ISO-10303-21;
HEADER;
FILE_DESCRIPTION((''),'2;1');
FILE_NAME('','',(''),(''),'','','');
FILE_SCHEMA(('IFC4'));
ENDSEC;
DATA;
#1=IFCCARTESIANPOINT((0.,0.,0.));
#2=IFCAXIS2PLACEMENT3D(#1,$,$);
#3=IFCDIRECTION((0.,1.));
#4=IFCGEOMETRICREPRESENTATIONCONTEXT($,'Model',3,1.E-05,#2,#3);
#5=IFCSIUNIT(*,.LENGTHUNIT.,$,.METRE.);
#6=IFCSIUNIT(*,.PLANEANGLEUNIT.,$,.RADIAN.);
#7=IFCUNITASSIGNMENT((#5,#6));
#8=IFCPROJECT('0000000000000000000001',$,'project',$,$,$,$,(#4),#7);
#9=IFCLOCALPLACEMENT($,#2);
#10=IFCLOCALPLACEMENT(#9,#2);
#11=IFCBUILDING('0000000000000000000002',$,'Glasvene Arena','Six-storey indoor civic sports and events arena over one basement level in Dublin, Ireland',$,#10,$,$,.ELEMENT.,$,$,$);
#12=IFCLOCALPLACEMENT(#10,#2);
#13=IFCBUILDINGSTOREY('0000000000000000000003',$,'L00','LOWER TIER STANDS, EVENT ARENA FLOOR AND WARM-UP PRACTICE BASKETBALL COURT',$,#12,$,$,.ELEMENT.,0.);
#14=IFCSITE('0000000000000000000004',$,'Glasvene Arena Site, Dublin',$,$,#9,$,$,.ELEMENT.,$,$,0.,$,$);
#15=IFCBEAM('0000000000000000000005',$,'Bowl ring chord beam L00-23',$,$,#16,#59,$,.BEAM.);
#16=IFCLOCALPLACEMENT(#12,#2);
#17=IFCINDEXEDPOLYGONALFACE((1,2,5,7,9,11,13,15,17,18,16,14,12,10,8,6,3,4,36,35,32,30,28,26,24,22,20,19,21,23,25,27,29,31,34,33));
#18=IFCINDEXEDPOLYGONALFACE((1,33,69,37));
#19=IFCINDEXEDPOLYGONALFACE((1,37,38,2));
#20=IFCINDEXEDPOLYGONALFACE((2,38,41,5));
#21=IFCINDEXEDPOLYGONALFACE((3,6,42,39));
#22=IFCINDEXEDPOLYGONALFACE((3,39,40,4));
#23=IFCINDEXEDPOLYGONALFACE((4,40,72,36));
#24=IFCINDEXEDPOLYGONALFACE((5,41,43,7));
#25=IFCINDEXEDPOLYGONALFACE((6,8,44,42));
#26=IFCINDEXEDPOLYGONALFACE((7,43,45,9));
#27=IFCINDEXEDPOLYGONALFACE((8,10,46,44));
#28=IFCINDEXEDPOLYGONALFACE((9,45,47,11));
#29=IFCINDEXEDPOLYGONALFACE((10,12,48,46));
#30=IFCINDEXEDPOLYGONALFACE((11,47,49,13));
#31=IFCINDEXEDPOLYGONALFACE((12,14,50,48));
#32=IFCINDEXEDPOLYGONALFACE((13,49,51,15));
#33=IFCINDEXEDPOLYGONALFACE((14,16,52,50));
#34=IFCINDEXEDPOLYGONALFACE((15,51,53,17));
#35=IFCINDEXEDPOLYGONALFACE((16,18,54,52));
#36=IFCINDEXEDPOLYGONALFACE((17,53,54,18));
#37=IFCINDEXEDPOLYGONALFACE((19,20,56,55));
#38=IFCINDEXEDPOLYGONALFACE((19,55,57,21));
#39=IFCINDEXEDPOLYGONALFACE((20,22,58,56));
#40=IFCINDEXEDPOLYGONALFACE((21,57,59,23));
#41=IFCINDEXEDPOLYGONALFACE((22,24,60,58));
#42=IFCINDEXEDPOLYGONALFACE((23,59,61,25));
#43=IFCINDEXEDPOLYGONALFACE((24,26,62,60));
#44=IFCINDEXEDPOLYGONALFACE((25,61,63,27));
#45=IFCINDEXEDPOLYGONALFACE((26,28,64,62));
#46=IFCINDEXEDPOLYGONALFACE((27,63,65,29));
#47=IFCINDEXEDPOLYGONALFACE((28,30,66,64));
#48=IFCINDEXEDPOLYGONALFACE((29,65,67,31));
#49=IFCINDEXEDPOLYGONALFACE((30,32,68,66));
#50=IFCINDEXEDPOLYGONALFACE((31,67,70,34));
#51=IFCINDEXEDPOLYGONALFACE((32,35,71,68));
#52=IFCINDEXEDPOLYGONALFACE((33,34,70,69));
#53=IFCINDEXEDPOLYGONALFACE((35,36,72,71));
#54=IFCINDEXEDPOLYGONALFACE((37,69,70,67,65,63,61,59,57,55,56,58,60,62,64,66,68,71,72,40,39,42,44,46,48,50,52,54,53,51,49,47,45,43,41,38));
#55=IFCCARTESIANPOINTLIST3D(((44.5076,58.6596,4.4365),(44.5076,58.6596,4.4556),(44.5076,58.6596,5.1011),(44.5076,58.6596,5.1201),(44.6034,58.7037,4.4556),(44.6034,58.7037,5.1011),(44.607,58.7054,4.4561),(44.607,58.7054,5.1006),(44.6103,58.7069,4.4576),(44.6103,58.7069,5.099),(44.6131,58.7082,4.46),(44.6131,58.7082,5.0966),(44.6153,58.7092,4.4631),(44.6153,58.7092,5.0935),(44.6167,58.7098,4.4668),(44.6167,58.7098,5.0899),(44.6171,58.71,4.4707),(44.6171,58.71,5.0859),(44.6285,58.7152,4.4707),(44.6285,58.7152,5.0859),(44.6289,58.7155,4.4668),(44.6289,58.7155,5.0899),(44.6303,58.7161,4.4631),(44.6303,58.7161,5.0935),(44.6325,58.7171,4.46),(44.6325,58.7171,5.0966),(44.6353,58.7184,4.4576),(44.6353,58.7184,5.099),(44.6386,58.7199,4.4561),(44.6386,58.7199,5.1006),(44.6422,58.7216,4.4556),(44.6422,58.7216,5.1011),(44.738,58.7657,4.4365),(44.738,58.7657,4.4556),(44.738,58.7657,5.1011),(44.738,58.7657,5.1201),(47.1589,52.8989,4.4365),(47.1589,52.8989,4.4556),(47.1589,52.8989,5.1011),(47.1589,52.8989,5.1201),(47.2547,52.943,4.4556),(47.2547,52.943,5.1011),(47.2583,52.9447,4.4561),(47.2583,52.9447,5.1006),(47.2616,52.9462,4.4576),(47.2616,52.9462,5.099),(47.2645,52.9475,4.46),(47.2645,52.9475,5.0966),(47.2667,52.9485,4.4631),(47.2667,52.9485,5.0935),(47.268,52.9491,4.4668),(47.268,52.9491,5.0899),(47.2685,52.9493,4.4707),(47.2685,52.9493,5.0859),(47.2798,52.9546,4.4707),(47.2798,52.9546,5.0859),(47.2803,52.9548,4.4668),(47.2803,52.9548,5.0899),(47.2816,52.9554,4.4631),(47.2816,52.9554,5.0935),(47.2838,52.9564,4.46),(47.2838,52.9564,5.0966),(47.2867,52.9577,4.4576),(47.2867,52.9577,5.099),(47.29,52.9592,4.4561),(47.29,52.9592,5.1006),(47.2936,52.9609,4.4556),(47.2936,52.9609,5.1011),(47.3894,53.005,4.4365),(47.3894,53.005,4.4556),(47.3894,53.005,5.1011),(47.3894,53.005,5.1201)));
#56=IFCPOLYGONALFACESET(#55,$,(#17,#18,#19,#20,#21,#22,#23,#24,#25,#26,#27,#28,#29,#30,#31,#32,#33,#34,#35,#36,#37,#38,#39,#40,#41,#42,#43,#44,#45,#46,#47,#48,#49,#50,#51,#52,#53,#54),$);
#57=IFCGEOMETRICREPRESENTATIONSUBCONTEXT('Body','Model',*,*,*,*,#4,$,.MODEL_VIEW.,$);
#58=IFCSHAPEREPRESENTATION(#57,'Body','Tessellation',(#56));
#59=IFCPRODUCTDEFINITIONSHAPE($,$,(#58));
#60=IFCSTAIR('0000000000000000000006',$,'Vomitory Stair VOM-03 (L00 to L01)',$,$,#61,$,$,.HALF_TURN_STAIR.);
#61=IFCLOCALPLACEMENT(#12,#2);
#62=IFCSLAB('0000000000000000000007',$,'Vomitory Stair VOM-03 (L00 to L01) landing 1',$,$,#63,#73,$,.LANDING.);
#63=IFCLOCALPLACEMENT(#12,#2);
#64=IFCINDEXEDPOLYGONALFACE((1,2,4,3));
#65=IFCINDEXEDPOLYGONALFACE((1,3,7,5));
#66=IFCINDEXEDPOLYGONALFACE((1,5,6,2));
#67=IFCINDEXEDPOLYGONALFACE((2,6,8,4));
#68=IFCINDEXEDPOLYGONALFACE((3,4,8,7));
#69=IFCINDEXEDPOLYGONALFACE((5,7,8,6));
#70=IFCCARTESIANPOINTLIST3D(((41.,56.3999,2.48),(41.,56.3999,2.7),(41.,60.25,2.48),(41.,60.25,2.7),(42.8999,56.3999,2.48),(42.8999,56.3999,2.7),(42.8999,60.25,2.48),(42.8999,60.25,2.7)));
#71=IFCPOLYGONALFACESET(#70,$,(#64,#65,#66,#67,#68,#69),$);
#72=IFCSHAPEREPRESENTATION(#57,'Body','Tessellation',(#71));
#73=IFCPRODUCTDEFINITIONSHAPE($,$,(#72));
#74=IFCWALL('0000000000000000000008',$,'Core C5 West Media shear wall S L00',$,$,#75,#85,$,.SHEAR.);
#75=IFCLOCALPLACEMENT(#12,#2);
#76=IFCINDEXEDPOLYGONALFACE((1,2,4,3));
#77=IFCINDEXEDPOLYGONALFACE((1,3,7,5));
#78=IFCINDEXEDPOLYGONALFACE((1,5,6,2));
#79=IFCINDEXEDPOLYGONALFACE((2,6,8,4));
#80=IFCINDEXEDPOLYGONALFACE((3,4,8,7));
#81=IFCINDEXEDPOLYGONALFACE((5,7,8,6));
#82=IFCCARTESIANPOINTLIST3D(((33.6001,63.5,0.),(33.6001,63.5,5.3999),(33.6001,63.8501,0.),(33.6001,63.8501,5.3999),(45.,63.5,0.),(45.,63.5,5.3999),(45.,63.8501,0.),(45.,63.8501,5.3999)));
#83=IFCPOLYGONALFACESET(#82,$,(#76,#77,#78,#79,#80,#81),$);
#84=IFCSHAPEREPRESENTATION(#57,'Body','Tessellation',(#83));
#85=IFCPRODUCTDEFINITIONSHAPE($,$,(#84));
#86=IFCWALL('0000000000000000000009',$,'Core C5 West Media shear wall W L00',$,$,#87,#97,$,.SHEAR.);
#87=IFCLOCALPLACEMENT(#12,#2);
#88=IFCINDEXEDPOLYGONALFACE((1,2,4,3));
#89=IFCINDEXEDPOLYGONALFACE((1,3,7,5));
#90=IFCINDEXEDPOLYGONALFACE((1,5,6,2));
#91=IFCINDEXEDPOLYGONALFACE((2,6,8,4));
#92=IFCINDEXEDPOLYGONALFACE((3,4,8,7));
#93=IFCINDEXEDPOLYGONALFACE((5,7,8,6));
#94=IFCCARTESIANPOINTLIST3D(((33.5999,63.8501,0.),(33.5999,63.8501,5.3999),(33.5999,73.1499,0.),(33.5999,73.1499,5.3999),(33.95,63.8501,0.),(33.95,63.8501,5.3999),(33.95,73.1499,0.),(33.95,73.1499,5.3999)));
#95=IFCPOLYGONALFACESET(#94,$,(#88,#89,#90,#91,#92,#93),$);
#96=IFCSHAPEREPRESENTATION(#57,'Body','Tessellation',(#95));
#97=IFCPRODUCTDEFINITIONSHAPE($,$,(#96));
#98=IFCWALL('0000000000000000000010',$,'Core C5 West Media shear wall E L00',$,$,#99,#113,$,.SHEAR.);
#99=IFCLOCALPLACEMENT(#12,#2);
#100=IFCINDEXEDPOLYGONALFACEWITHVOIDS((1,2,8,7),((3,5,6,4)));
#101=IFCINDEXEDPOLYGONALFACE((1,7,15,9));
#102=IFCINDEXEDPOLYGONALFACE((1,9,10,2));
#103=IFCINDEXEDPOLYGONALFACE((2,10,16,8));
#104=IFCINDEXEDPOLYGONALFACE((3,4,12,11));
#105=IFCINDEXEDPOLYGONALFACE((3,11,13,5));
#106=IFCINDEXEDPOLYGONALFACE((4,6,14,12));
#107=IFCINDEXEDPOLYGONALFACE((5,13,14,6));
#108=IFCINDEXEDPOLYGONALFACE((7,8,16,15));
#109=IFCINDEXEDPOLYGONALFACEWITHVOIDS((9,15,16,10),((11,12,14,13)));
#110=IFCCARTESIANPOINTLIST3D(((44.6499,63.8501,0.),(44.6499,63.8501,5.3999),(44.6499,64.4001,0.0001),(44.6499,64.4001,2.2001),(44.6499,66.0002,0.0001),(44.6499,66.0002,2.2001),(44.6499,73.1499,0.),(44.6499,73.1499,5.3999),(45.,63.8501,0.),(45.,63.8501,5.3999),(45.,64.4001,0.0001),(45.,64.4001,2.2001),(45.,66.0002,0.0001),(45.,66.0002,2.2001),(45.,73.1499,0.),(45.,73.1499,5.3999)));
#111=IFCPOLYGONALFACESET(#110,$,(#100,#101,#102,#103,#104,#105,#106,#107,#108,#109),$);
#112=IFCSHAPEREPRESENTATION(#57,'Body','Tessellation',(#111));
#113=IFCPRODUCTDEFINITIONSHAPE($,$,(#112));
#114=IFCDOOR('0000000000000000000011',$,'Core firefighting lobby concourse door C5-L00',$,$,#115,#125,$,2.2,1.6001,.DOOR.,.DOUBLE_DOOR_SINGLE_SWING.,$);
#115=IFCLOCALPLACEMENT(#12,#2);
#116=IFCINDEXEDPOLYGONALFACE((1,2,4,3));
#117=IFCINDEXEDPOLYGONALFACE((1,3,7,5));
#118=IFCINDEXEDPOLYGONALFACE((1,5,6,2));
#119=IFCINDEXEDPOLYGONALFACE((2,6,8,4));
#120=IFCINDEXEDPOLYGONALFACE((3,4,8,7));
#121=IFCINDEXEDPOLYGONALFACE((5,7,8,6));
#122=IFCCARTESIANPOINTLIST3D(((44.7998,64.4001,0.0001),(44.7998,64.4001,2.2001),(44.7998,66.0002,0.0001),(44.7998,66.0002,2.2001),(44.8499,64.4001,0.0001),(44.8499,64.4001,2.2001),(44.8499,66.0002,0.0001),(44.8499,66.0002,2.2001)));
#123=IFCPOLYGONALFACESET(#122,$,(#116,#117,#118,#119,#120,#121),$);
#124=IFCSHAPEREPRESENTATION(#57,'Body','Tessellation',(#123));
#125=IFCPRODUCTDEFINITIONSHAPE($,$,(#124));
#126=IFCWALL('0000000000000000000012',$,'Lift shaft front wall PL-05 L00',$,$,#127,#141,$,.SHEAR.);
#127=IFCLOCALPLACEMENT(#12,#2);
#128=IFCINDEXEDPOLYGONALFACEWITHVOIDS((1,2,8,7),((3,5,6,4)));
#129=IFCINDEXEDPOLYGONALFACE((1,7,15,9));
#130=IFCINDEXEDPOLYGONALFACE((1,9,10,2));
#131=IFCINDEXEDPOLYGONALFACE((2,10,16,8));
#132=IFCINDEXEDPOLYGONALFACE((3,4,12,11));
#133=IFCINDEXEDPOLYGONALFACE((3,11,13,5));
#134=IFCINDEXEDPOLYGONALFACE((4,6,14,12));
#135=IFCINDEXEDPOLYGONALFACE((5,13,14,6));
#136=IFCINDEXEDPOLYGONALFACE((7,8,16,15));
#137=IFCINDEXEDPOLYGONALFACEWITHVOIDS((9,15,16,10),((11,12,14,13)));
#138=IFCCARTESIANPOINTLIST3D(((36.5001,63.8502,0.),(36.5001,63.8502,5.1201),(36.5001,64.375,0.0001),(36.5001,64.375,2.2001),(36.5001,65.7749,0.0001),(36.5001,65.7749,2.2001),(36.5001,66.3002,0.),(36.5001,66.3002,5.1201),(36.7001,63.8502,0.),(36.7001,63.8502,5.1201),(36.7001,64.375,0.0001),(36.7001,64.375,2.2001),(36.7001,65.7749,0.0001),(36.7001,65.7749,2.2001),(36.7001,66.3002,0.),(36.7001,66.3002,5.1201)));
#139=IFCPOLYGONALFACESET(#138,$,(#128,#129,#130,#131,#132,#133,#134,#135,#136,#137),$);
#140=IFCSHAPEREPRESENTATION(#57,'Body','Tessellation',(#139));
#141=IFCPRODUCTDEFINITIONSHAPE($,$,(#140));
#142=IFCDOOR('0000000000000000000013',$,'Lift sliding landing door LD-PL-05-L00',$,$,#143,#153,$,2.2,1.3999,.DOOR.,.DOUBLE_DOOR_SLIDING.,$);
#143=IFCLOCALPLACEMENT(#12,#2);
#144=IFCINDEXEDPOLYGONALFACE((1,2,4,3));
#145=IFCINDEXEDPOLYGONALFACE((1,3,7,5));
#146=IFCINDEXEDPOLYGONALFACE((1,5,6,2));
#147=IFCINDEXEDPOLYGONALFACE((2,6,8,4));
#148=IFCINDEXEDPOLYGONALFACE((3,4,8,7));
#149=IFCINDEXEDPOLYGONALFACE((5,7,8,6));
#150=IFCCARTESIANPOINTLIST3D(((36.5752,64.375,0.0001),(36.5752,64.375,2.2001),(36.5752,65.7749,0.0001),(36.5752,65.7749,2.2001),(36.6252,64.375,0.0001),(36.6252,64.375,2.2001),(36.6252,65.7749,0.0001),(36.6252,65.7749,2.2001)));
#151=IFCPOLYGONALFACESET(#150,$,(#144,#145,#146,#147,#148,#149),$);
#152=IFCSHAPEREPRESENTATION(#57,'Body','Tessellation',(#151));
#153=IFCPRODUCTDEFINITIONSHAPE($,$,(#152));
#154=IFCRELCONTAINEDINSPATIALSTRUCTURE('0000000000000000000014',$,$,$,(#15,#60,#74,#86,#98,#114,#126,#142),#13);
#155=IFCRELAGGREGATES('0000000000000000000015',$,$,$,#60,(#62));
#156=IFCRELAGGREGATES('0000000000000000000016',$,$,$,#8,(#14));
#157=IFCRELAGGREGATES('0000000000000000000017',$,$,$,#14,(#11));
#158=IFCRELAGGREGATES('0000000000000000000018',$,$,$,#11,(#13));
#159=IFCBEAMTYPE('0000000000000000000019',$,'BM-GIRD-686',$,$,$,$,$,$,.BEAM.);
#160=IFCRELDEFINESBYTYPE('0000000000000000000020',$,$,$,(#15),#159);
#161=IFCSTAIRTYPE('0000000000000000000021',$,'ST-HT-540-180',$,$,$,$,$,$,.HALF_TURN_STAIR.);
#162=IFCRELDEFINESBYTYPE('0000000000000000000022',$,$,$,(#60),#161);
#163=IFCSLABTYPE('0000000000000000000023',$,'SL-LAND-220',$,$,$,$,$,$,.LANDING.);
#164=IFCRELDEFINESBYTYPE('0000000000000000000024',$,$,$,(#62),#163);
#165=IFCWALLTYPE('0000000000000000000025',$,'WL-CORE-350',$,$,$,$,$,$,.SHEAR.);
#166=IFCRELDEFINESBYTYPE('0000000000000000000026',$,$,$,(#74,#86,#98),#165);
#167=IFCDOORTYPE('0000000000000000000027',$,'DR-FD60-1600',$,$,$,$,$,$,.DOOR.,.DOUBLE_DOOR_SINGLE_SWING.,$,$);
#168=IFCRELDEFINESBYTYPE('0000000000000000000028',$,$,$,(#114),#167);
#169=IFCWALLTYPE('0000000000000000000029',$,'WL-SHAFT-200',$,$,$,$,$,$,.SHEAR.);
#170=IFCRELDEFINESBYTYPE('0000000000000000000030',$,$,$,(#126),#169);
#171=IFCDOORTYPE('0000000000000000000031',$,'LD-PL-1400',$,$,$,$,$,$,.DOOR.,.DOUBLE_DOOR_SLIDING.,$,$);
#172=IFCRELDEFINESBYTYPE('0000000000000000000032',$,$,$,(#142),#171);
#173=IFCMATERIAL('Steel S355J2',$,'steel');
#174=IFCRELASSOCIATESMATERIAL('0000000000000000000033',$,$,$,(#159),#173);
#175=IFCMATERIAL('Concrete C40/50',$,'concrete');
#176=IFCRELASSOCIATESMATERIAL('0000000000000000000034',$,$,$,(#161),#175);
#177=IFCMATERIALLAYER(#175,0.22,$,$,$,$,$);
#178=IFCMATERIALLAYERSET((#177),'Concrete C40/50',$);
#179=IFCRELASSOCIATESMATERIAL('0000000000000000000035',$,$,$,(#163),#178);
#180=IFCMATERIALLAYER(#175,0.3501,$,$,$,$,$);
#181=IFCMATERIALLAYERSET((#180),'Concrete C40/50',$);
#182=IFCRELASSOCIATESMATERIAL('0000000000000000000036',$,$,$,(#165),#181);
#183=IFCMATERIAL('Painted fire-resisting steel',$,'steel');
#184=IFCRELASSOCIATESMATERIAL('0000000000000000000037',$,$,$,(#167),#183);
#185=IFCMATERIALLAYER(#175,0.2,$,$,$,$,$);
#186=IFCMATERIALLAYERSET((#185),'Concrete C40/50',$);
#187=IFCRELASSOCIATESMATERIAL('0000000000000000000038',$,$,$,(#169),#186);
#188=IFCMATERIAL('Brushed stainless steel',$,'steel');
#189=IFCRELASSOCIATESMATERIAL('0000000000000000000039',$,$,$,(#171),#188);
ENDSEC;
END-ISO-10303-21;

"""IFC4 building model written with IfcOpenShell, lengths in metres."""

from ifc_helpers import new_model, si_unit, direction, frame, frame_2d, origin, origin_2d, place, context, subcontext, project, spatial, polyline, rectangle, i_section, outline, extrude, material, layer, layer_set, material_profile, profile_set, type_object, element, fill, aggregate, save


model = new_model("IFC4")

# Units and contexts
model_context = context("Model", 3, precision=1e-05, world=origin(), true_north=direction((0.0, 1.0)))
body_context = subcontext(model_context, "Body", "Model", "MODEL_VIEW")
ifc_project = project(units=[si_unit("LENGTHUNIT", "METRE"), si_unit("PLANEANGLEUNIT", "RADIAN")], contexts=[model_context])

# Site, building, storey
site_placement = place(None, origin())
site = spatial("IfcSite", under=ifc_project, at=site_placement, Name="Glasvene Arena Site, Dublin", CompositionType="ELEMENT", RefElevation=0.0)
building_placement = place(site_placement, origin())
building = spatial("IfcBuilding", under=site, at=building_placement, Name="Glasvene Arena", Description="Six-storey indoor civic sports and events arena over one basement level in Dublin, Ireland", CompositionType="ELEMENT")
storey_placement = place(building_placement, origin())
storey = spatial("IfcBuildingStorey", under=building, at=storey_placement, Name="L00", Description="LOWER TIER STANDS, EVENT ARENA FLOOR AND WARM-UP PRACTICE BASKETBALL COURT", CompositionType="ELEMENT", Elevation=0.0)

# Shared definitions
ifc_material_1 = material(Name="Concrete C40/50", Category="concrete")
ifc_material_2 = material(Name="Steel S355J2", Category="steel")

# Beam
ifc_material_profile_1 = material_profile(ifc_material_2, i_section(OverallWidth=0.2537, OverallDepth=0.6836, WebThickness=0.0125, FlangeThickness=0.019, FilletRadius=0.0151, at=origin_2d()), Name="UKB 686x254x140")
ifc_profile_set_1 = profile_set([ifc_material_profile_1], Name="Steel S355J2")
beam_type = type_object("IfcBeamType", Name="BM-GIRD-686", PredefinedType="BEAM", material=ifc_profile_set_1)
beam_1_placement = place(storey_placement, frame((44.6228, 58.7126, 4.7783), z_axis=(0.418091, -0.908405, 0.0), x_axis=(0.908405, 0.418091, 0.0)))
element("IfcBeam", 1, at=beam_1_placement, inside=storey, type_object=beam_type, Name="Bowl ring chord beam L00-23", PredefinedType="BEAM", context=body_context, shape_type="SweptSolid", body=[
    extrude(i_section(OverallWidth=0.2537, OverallDepth=0.6836, WebThickness=0.0125, FlangeThickness=0.019, FilletRadius=0.0151, at=origin_2d()), origin(), (0.0, 0.0, 1.0), 6.3416),
])

# Stair, slab
stair_type = type_object("IfcStairType", Name="ST-HT-540-180", PredefinedType="HALF_TURN_STAIR", material=ifc_material_1)
stair_placement = place(storey_placement, origin())
stair = element("IfcStair", 2, at=stair_placement, inside=storey, type_object=stair_type, Name="Vomitory Stair VOM-03 (L00 to L01)", PredefinedType="HALF_TURN_STAIR")
ifc_layer_1 = layer(ifc_material_1, 0.22)
ifc_layer_set_1 = layer_set([ifc_layer_1], Name="Concrete C40/50")
slab_type = type_object("IfcSlabType", Name="SL-LAND-220", PredefinedType="LANDING", material=ifc_layer_set_1)
slab_placement = place(storey_placement, frame((41.95, 58.325, 2.48)))
slab = element("IfcSlab", 3, at=slab_placement, type_object=slab_type, Name="Vomitory Stair VOM-03 (L00 to L01) landing 1", PredefinedType="LANDING", context=body_context, shape_type="SweptSolid", body=[
    extrude(outline(polyline([(-0.95, -1.925), (0.95, -1.925), (0.95, 1.925), (-0.95, 1.925), (-0.95, -1.925)])), origin(), (0.0, 0.0, 1.0), 0.22),
])

# Walls
ifc_layer_2 = layer(ifc_material_1, 0.3501)
ifc_layer_set_2 = layer_set([ifc_layer_2], Name="Concrete C40/50")
wall_type_1 = type_object("IfcWallType", Name="WL-CORE-350", PredefinedType="SHEAR", material=ifc_layer_set_2)
wall_1_placement = place(storey_placement, frame((33.6001, 63.675, 0.0), z_axis=(0.0, 0.0, 1.0), x_axis=(1.0, 0.0, 0.0)))
element("IfcWall", 4, at=wall_1_placement, inside=storey, type_object=wall_type_1, Name="Core C5 West Media shear wall S L00", PredefinedType="SHEAR", context=body_context, shape_type="SweptSolid", body=[
    extrude(rectangle(XDim=11.3999, YDim=0.3501, at=frame_2d((5.7, 0.0))), origin(), (0.0, 0.0, 1.0), 5.3999),
])
wall_2_placement = place(storey_placement, frame((33.7749, 63.8501, 0.0), z_axis=(0.0, 0.0, 1.0), x_axis=(0.0, 1.0, 0.0)))
element("IfcWall", 5, at=wall_2_placement, inside=storey, type_object=wall_type_1, Name="Core C5 West Media shear wall W L00", PredefinedType="SHEAR", context=body_context, shape_type="SweptSolid", body=[
    extrude(rectangle(XDim=9.2998, YDim=0.3501, at=frame_2d((4.6499, 0.0))), origin(), (0.0, 0.0, 1.0), 5.3999),
])

# Walls, openings, doors
wall_3_placement = place(storey_placement, frame((44.825, 63.8501, 0.0), z_axis=(0.0, 0.0, 1.0), x_axis=(0.0, 1.0, 0.0)))
wall_3 = element("IfcWall", 6, at=wall_3_placement, inside=storey, type_object=wall_type_1, Name="Core C5 West Media shear wall E L00", PredefinedType="SHEAR", context=body_context, shape_type="SweptSolid", body=[
    extrude(rectangle(XDim=9.2998, YDim=0.3501, at=frame_2d((4.6499, 0.0))), origin(), (0.0, 0.0, 1.0), 5.3999),
])
opening_1_placement = place(wall_3_placement, frame((0.55, 0.0, 0.0)))
opening_1 = element("IfcOpeningElement", 7, at=opening_1_placement, cuts=wall_3, PredefinedType="OPENING", context=body_context, shape_type="SweptSolid", body=[
    extrude(rectangle(XDim=1.6001, YDim=2.2, at=frame_2d((0.8, 1.1001))), frame((0.0, 0.1851, 0.0), z_axis=(0.0, -1.0, 0.0), x_axis=(1.0, 0.0, 0.0)), (0.0, 0.0, 1.0), 0.3701),
])
ifc_material_3 = material(Name="Painted fire-resisting steel", Category="steel")
door_type_1 = type_object("IfcDoorType", Name="DR-FD60-1600", OperationType="DOUBLE_DOOR_SINGLE_SWING", PredefinedType="DOOR", material=ifc_material_3)
door_1_placement = place(opening_1_placement, frame((1.6001, 0.0, 0.0), z_axis=(0.0, 0.0, 1.0), x_axis=(-1.0, 0.0, 0.0)))
door_1 = element("IfcDoor", 8, at=door_1_placement, inside=storey, type_object=door_type_1, Name="Core firefighting lobby concourse door C5-L00", OperationType="DOUBLE_DOOR_SINGLE_SWING", OverallHeight=2.2, OverallWidth=1.6001, PredefinedType="DOOR", context=body_context, shape_type="SweptSolid", body=[
    extrude(rectangle(XDim=1.6001, YDim=2.2, at=frame_2d((0.8, 1.1001))), frame((0.0, 0.0249, 0.0), z_axis=(0.0, -1.0, 0.0), x_axis=(1.0, 0.0, 0.0)), (0.0, 0.0, 1.0), 0.05),
])
fill(opening_1, door_1)
ifc_layer_3 = layer(ifc_material_1, 0.2)
ifc_layer_set_3 = layer_set([ifc_layer_3], Name="Concrete C40/50")
wall_type_2 = type_object("IfcWallType", Name="WL-SHAFT-200", PredefinedType="SHEAR", material=ifc_layer_set_3)
wall_4_placement = place(storey_placement, frame((36.6001, 63.8501, 0.0), z_axis=(0.0, 0.0, 1.0), x_axis=(0.0, 1.0, 0.0)))
wall_4 = element("IfcWall", 9, at=wall_4_placement, inside=storey, type_object=wall_type_2, Name="Lift shaft front wall PL-05 L00", PredefinedType="SHEAR", context=body_context, shape_type="SweptSolid", body=[
    extrude(rectangle(XDim=2.45, YDim=0.2, at=frame_2d((1.2251, 0.0))), origin(), (0.0, 0.0, 1.0), 5.1201),
])
opening_2_placement = place(wall_4_placement, frame((0.5249, 0.0, 0.0)))
opening_2 = element("IfcOpeningElement", 10, at=opening_2_placement, cuts=wall_4, PredefinedType="OPENING", context=body_context, shape_type="SweptSolid", body=[
    extrude(rectangle(XDim=1.3999, YDim=2.2, at=frame_2d((0.7, 1.1001))), frame((0.0, 0.1099, 0.0), z_axis=(0.0, -1.0, 0.0), x_axis=(1.0, 0.0, 0.0)), (0.0, 0.0, 1.0), 0.22),
])
ifc_material_4 = material(Name="Brushed stainless steel", Category="steel")
door_type_2 = type_object("IfcDoorType", Name="LD-PL-1400", OperationType="DOUBLE_DOOR_SLIDING", PredefinedType="DOOR", material=ifc_material_4)
door_2_placement = place(opening_2_placement, origin())
door_2 = element("IfcDoor", 11, at=door_2_placement, inside=storey, type_object=door_type_2, Name="Lift sliding landing door LD-PL-05-L00", OperationType="DOUBLE_DOOR_SLIDING", OverallHeight=2.2, OverallWidth=1.3999, PredefinedType="DOOR", context=body_context, shape_type="SweptSolid", body=[
    extrude(rectangle(XDim=1.3999, YDim=2.2, at=frame_2d((0.7, 1.1001))), frame((0.0, 0.0249, 0.0), z_axis=(0.0, -1.0, 0.0), x_axis=(1.0, 0.0, 0.0)), (0.0, 0.0, 1.0), 0.05),
])
fill(opening_2, door_2)

aggregate(stair, [slab])

save(model, "model.ifc")
